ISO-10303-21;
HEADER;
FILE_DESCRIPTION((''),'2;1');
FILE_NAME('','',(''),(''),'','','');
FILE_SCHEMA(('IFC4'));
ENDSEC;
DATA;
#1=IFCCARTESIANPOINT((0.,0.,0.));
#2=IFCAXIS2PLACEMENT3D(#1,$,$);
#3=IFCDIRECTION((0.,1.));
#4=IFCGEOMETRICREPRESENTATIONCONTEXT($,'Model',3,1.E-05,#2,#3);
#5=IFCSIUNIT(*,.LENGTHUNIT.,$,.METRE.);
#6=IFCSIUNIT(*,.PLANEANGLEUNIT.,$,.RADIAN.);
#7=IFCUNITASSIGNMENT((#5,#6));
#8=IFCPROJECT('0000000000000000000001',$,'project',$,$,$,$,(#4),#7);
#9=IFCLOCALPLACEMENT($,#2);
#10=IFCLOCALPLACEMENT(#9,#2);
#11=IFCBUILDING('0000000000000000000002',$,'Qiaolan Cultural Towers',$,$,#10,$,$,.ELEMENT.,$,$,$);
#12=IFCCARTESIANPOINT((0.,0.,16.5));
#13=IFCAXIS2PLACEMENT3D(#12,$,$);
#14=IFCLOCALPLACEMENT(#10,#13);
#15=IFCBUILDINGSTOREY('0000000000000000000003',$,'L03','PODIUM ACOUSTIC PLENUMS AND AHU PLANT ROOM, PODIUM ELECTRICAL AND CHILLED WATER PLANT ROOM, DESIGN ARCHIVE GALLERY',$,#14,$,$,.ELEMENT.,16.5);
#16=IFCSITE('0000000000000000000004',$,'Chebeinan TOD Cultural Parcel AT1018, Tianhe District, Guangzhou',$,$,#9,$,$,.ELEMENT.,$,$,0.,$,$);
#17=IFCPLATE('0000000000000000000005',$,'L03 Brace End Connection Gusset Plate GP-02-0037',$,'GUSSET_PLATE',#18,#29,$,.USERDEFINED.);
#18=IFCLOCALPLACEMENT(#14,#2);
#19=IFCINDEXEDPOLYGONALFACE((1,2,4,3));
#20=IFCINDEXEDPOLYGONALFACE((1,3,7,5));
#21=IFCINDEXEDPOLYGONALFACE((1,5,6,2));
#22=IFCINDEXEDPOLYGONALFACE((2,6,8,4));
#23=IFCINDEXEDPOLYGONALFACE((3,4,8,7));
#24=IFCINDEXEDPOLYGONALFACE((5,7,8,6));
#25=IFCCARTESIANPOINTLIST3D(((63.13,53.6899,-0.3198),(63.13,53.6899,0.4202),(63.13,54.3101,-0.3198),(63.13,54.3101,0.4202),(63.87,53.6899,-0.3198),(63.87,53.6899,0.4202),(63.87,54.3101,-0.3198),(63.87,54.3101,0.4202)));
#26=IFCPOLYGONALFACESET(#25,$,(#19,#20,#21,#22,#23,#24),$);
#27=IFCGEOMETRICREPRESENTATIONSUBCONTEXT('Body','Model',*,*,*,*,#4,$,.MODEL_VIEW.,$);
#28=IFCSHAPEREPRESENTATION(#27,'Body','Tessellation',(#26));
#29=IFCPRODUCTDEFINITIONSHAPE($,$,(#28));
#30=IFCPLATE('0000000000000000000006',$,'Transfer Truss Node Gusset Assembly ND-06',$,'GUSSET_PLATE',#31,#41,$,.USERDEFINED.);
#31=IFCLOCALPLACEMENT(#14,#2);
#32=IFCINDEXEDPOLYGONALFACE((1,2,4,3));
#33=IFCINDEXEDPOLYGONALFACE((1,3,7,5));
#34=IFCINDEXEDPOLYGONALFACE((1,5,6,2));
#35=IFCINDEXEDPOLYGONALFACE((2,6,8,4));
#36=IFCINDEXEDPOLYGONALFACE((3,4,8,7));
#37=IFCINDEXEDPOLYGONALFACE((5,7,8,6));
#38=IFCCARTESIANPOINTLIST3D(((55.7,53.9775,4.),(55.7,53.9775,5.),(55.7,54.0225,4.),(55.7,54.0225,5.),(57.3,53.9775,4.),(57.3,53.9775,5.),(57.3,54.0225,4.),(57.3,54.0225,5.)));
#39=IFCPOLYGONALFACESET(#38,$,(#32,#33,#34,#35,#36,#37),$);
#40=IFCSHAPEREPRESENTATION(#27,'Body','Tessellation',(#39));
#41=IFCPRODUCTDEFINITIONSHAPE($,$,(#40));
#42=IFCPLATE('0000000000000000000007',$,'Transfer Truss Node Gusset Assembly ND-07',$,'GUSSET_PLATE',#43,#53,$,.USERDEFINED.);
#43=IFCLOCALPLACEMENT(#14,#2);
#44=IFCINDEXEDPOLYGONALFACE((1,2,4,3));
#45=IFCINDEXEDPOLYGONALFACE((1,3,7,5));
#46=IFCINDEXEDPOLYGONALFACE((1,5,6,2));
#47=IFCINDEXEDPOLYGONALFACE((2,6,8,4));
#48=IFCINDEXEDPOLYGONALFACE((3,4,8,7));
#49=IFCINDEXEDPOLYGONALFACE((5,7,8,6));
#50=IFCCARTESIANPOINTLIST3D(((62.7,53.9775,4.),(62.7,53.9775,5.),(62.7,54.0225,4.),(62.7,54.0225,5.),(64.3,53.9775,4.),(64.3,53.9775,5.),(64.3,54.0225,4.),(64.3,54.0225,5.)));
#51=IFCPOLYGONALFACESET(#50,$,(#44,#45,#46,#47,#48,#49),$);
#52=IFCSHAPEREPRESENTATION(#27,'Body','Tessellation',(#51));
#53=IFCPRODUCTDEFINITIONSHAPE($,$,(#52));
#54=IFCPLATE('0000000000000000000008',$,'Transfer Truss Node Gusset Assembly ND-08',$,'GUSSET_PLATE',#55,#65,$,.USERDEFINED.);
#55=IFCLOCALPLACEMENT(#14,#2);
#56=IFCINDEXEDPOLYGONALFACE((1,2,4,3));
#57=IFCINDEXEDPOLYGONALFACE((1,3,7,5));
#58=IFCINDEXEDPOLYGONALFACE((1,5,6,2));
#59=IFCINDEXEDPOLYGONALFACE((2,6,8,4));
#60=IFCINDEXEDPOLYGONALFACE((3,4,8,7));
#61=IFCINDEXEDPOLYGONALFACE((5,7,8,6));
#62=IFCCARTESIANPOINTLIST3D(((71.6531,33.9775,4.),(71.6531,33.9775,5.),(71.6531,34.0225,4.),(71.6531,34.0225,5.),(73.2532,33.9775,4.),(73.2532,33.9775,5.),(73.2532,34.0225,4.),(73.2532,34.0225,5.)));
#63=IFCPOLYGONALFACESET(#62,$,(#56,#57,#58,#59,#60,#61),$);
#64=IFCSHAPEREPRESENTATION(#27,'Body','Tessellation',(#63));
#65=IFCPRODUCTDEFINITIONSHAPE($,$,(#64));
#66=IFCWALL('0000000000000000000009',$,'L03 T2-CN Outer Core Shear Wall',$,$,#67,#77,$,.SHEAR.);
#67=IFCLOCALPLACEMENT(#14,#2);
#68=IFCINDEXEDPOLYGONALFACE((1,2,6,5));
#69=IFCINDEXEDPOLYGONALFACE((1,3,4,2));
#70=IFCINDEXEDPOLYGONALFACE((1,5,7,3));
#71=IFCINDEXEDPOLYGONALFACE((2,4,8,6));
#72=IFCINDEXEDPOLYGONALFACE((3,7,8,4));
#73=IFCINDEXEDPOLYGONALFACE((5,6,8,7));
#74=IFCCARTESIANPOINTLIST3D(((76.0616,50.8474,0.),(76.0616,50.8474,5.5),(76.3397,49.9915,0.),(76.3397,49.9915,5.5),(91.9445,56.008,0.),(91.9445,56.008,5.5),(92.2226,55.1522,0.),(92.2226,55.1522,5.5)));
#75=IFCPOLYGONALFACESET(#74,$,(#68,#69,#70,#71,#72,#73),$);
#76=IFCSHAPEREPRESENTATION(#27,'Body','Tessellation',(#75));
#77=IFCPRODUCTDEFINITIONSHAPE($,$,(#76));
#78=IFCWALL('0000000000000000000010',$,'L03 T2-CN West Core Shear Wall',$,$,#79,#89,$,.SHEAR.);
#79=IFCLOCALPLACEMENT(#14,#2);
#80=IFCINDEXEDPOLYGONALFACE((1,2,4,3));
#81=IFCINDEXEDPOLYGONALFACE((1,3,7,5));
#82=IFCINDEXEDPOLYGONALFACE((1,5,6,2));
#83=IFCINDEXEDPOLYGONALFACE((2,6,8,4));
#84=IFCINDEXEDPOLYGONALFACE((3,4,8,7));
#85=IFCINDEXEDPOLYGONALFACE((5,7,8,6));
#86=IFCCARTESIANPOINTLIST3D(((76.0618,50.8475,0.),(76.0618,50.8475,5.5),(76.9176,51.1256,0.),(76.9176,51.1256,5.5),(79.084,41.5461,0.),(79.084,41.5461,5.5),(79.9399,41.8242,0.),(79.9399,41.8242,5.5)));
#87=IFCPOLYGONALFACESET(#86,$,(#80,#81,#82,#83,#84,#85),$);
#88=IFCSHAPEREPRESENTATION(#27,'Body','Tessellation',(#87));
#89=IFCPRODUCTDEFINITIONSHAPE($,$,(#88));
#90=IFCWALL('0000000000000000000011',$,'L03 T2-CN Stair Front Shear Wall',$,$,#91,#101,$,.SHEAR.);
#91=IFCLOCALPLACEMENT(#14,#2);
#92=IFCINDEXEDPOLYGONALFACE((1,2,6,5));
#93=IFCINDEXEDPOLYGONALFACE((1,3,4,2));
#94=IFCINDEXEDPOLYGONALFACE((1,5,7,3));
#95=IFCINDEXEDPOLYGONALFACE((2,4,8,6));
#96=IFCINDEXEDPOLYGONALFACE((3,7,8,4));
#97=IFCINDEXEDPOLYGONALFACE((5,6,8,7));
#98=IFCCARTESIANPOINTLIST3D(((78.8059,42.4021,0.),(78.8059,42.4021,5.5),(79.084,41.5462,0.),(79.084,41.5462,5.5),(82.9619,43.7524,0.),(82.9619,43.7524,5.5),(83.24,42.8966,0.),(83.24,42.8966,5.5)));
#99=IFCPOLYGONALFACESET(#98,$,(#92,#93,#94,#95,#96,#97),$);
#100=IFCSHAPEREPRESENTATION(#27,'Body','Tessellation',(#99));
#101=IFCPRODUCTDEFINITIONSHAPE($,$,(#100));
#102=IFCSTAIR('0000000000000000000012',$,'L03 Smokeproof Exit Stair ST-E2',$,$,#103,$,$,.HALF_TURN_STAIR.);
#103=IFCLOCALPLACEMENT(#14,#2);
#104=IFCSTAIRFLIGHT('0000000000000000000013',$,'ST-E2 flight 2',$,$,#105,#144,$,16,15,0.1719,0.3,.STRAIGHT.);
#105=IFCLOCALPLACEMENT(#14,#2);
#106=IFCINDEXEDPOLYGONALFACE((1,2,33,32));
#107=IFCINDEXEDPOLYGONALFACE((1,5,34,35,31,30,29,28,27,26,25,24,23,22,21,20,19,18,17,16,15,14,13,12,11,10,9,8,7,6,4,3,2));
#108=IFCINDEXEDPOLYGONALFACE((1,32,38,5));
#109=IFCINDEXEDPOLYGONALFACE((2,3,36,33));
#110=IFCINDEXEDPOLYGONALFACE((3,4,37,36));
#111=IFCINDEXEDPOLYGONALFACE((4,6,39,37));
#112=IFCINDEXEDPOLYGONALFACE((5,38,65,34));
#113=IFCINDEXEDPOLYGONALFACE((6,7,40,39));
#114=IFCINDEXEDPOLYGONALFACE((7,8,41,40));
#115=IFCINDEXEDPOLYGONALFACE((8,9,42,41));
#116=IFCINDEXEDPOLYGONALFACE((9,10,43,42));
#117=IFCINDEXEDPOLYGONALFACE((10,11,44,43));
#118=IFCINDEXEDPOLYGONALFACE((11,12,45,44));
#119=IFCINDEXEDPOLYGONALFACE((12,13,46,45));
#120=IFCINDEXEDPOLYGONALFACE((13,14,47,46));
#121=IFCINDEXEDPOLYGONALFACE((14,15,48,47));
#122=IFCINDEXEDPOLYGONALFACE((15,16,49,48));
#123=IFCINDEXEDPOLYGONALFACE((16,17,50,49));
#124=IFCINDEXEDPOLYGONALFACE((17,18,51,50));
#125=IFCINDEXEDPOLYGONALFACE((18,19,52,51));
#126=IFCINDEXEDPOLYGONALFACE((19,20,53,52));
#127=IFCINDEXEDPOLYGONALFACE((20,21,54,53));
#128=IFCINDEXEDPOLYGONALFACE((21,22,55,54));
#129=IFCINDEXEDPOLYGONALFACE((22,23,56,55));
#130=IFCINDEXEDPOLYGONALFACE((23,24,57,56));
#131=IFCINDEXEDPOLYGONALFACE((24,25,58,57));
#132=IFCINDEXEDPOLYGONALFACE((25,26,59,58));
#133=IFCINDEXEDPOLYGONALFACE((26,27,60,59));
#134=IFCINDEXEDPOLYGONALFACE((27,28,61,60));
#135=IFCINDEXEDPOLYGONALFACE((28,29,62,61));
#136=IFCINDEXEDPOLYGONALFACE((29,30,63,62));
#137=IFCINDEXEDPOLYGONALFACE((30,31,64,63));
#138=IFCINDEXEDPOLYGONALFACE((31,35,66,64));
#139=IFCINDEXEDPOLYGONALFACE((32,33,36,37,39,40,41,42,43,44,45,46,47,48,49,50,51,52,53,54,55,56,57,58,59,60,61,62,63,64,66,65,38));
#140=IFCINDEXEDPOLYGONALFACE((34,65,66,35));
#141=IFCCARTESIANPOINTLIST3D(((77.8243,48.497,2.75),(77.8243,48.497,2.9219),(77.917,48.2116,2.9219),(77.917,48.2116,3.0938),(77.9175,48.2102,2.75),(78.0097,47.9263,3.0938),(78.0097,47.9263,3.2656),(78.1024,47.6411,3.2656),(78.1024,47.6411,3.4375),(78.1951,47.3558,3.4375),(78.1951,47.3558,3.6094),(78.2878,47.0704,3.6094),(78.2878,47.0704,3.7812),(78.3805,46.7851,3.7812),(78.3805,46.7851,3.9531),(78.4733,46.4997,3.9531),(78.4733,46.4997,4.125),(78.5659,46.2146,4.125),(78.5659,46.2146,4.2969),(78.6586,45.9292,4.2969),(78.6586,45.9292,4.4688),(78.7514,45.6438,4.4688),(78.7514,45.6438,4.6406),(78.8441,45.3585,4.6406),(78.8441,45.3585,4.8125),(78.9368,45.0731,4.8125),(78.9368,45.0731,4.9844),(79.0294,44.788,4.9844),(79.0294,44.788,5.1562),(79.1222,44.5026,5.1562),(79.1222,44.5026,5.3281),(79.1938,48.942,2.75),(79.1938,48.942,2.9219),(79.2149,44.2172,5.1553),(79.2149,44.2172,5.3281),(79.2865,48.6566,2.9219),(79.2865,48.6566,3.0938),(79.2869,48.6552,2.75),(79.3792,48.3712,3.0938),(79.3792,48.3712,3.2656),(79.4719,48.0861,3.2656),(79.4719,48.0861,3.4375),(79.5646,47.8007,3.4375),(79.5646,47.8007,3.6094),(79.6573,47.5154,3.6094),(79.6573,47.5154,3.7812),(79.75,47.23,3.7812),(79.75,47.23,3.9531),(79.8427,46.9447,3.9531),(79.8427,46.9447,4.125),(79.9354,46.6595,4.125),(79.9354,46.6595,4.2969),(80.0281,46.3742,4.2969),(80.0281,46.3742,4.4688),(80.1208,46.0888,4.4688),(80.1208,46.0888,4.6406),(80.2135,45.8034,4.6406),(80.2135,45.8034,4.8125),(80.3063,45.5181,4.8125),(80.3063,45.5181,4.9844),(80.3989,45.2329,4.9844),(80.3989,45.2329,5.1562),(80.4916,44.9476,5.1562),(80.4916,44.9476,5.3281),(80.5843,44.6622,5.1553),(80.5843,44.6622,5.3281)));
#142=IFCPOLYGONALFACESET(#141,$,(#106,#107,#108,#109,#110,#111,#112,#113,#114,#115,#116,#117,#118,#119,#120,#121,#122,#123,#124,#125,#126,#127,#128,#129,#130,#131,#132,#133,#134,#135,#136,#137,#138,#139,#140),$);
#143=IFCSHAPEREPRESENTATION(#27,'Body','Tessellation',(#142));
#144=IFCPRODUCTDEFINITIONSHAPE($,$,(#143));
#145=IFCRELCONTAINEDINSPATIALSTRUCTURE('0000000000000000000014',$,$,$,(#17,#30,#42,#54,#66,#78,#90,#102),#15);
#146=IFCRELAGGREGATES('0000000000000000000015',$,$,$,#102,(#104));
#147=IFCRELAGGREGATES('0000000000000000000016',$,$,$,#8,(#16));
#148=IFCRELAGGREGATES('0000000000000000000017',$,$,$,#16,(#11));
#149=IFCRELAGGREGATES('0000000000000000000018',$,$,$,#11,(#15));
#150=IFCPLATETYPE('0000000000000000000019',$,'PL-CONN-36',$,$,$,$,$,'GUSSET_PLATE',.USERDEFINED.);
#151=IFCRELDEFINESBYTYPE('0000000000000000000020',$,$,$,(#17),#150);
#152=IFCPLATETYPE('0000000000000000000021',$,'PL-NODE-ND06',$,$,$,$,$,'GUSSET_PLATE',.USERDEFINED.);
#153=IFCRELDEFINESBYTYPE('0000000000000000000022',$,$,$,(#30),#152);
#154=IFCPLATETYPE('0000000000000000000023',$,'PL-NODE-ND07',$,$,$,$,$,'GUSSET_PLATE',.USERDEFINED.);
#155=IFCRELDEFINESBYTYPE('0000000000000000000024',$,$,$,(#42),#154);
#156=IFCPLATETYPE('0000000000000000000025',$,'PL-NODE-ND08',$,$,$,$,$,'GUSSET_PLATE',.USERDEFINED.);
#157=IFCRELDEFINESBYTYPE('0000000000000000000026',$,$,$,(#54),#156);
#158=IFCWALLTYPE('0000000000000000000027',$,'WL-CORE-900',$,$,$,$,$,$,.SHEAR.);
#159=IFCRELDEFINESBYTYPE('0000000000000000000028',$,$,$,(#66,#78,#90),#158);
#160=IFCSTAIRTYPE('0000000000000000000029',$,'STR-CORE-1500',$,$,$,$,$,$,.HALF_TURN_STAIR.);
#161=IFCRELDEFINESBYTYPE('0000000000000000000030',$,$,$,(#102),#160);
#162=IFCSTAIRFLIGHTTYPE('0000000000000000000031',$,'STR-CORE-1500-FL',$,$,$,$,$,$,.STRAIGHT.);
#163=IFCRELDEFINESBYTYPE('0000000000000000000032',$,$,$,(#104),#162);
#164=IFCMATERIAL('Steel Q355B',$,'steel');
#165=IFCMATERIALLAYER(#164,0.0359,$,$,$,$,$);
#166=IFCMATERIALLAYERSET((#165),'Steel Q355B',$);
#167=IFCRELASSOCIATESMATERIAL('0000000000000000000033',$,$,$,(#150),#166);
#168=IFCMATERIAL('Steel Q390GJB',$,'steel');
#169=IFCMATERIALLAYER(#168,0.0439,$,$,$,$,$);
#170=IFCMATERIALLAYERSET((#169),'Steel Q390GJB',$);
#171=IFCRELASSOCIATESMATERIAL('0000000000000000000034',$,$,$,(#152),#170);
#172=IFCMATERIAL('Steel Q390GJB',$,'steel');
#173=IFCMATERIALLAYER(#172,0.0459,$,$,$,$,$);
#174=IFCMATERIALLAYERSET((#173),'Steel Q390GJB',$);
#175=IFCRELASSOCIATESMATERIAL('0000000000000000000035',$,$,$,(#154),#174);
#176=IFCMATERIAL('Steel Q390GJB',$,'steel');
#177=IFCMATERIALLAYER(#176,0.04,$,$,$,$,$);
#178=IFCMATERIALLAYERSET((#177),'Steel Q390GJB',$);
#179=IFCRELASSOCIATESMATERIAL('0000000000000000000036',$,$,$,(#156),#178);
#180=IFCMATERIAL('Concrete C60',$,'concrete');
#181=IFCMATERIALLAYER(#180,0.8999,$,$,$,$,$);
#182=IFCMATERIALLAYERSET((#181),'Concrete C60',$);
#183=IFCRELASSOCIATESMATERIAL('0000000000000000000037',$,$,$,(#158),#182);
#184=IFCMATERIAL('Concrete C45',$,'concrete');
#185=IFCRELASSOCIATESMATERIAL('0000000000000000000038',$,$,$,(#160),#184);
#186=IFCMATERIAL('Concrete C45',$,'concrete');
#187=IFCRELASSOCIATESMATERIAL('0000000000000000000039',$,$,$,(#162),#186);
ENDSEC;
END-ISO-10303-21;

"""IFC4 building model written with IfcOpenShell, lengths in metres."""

from ifc_helpers import new_model, si_unit, direction, frame, frame_2d, origin, origin_2d, place, context, subcontext, project, spatial, polyline, rectangle, outline, extrude, material, layer, layer_set, type_object, element, aggregate, save


model = new_model("IFC4")

# Units and contexts
model_context = context("Model", 3, precision=1e-05, world=origin(), true_north=direction((0.0, 1.0)))
body_context = subcontext(model_context, "Body", "Model", "MODEL_VIEW")
ifc_project = project(units=[si_unit("LENGTHUNIT", "METRE"), si_unit("PLANEANGLEUNIT", "RADIAN")], contexts=[model_context])

# Site, building, storey
site_placement = place(None, origin())
site = spatial("IfcSite", under=ifc_project, at=site_placement, Name="Chebeinan TOD Cultural Parcel AT1018, Tianhe District, Guangzhou", CompositionType="ELEMENT", RefElevation=0.0)
building_placement = place(site_placement, origin())
building = spatial("IfcBuilding", under=site, at=building_placement, Name="Qiaolan Cultural Towers", CompositionType="ELEMENT")
storey_placement = place(building_placement, frame((0.0, 0.0, 16.5)))
storey = spatial("IfcBuildingStorey", under=building, at=storey_placement, Name="L03", Description="PODIUM ACOUSTIC PLENUMS AND AHU PLANT ROOM, PODIUM ELECTRICAL AND CHILLED WATER PLANT ROOM, DESIGN ARCHIVE GALLERY", CompositionType="ELEMENT", Elevation=16.5)

# Plates
ifc_material_1 = material(Name="Steel Q355B", Category="steel")
ifc_layer_1 = layer(ifc_material_1, 0.0359)
ifc_layer_set_1 = layer_set([ifc_layer_1], Name="Steel Q355B")
plate_type_1 = type_object("IfcPlateType", Name="PL-CONN-36", ElementType="GUSSET_PLATE", PredefinedType="USERDEFINED", material=ifc_layer_set_1)
for number, where, z_axis, x_axis, name in (
    (1, (63.5, 54.0, -0.3198), (0.0, 0.0, 1.0), (1.0, 0.0, 0.0), "L03 Brace End Connection Gusset Plate GP-02-0037"),
):
    element("IfcPlate", number, at=place(storey_placement, frame(where, z_axis=z_axis, x_axis=x_axis)), inside=storey, type_object=plate_type_1, Name=name, ObjectType="GUSSET_PLATE", PredefinedType="USERDEFINED", context=body_context, shape_type="SweptSolid", body=[
        extrude(rectangle(XDim=0.74, YDim=0.6201, at=origin_2d()), origin(), (0.0, 0.0, 1.0), 0.74),
    ])
ifc_material_2 = material(Name="Steel Q390GJB", Category="steel")
ifc_layer_2 = layer(ifc_material_2, 0.0439)
ifc_layer_set_2 = layer_set([ifc_layer_2], Name="Steel Q390GJB")
plate_type_2 = type_object("IfcPlateType", Name="PL-NODE-ND06", ElementType="GUSSET_PLATE", PredefinedType="USERDEFINED", material=ifc_layer_set_2)
plate_1_placement = place(storey_placement, frame((56.5, 54.0, 4.0), z_axis=(0.0, 0.0, 1.0), x_axis=(1.0, 0.0, 0.0)))
element("IfcPlate", 2, at=plate_1_placement, inside=storey, type_object=plate_type_2, Name="Transfer Truss Node Gusset Assembly ND-06", ObjectType="GUSSET_PLATE", PredefinedType="USERDEFINED", context=body_context, shape_type="SweptSolid", body=[
    extrude(rectangle(XDim=1.6001, YDim=0.0449, at=origin_2d()), origin(), (0.0, 0.0, 1.0), 1.0),
])
ifc_material_3 = material(Name="Steel Q390GJB", Category="steel")
ifc_layer_3 = layer(ifc_material_3, 0.0459)
ifc_layer_set_3 = layer_set([ifc_layer_3], Name="Steel Q390GJB")
plate_type_3 = type_object("IfcPlateType", Name="PL-NODE-ND07", ElementType="GUSSET_PLATE", PredefinedType="USERDEFINED", material=ifc_layer_set_3)
plate_2_placement = place(storey_placement, frame((63.5, 54.0, 4.0), z_axis=(0.0, 0.0, 1.0), x_axis=(1.0, 0.0, 0.0)))
element("IfcPlate", 3, at=plate_2_placement, inside=storey, type_object=plate_type_3, Name="Transfer Truss Node Gusset Assembly ND-07", ObjectType="GUSSET_PLATE", PredefinedType="USERDEFINED", context=body_context, shape_type="SweptSolid", body=[
    extrude(rectangle(XDim=1.6001, YDim=0.0449, at=origin_2d()), origin(), (0.0, 0.0, 1.0), 1.0),
])
ifc_material_4 = material(Name="Steel Q390GJB", Category="steel")
ifc_layer_4 = layer(ifc_material_4, 0.04)
ifc_layer_set_4 = layer_set([ifc_layer_4], Name="Steel Q390GJB")
plate_type_4 = type_object("IfcPlateType", Name="PL-NODE-ND08", ElementType="GUSSET_PLATE", PredefinedType="USERDEFINED", material=ifc_layer_set_4)
plate_3_placement = place(storey_placement, frame((72.4531, 34.0, 4.0), z_axis=(0.0, 0.0, 1.0), x_axis=(1.0, 0.0, 0.0)))
element("IfcPlate", 4, at=plate_3_placement, inside=storey, type_object=plate_type_4, Name="Transfer Truss Node Gusset Assembly ND-08", ObjectType="GUSSET_PLATE", PredefinedType="USERDEFINED", context=body_context, shape_type="SweptSolid", body=[
    extrude(rectangle(XDim=1.6001, YDim=0.0449, at=origin_2d()), origin(), (0.0, 0.0, 1.0), 1.0),
])

# Walls
ifc_material_5 = material(Name="Concrete C60", Category="concrete")
ifc_layer_5 = layer(ifc_material_5, 0.8999)
ifc_layer_set_5 = layer_set([ifc_layer_5], Name="Concrete C60")
wall_type = type_object("IfcWallType", Name="WL-CORE-900", PredefinedType="SHEAR", material=ifc_layer_set_5)
wall_1_placement = place(storey_placement, frame((76.2007, 50.4194, 0.0), z_axis=(0.0, 0.0, 1.0), x_axis=(0.951056, 0.309017, 0.0)))
element("IfcWall", 5, at=wall_1_placement, inside=storey, type_object=wall_type, Name="L03 T2-CN Outer Core Shear Wall", PredefinedType="SHEAR", context=body_context, shape_type="SweptSolid", body=[
    extrude(rectangle(XDim=16.7002, YDim=0.8999, at=frame_2d((8.3501, 0.0))), origin(), (0.0, 0.0, 1.0), 5.5),
])
wall_2_placement = place(storey_placement, frame((79.512, 41.6851, 0.0), z_axis=(0.0, 0.0, 1.0), x_axis=(-0.309022, 0.951055, 0.0)))
element("IfcWall", 6, at=wall_2_placement, inside=storey, type_object=wall_type, Name="L03 T2-CN West Core Shear Wall", PredefinedType="SHEAR", context=body_context, shape_type="SweptSolid", body=[
    extrude(rectangle(XDim=9.78, YDim=0.8999, at=frame_2d((4.8901, 0.0))), origin(), (0.0, 0.0, 1.0), 5.5),
])
wall_3_placement = place(storey_placement, frame((78.9448, 41.9741, 0.0), z_axis=(0.0, 0.0, 1.0), x_axis=(0.951058, 0.309012, 0.0)))
element("IfcWall", 7, at=wall_3_placement, inside=storey, type_object=wall_type, Name="L03 T2-CN Stair Front Shear Wall", PredefinedType="SHEAR", context=body_context, shape_type="SweptSolid", body=[
    extrude(rectangle(XDim=4.3699, YDim=0.8999, at=frame_2d((2.1851, 0.0))), origin(), (0.0, 0.0, 1.0), 5.5),
])

# Stair, stair flight
ifc_material_6 = material(Name="Concrete C45", Category="concrete")
stair_type = type_object("IfcStairType", Name="STR-CORE-1500", PredefinedType="HALF_TURN_STAIR", material=ifc_material_6)
stair_placement = place(storey_placement, origin())
stair = element("IfcStair", 8, at=stair_placement, inside=storey, type_object=stair_type, Name="L03 Smokeproof Exit Stair ST-E2", PredefinedType="HALF_TURN_STAIR")
ifc_material_7 = material(Name="Concrete C45", Category="concrete")
stair_flight_type = type_object("IfcStairFlightType", Name="STR-CORE-1500-FL", PredefinedType="STRAIGHT", material=ifc_material_7)
stair_flight_placement = place(storey_placement, frame((78.509, 48.7195, 2.75), z_axis=(0.0, 0.0, 1.0), x_axis=(0.309017, -0.951057, 0.0)))
stair_flight = element("IfcStairFlight", 9, at=stair_flight_placement, type_object=stair_flight_type, Name="ST-E2 flight 2", NumberOfRisers=16, NumberOfTreads=15, PredefinedType="STRAIGHT", RiserHeight=0.1719, TreadLength=0.3, context=body_context, shape_type="SweptSolid", body=[
    extrude(outline(polyline([(0.0, 0.0), (0.0, 0.1719), (0.3, 0.1719), (0.3, 0.3438), (0.6001, 0.3438), (0.6001, 0.5156), (0.8999, 0.5156), (0.8999, 0.6875), (1.2, 0.6875), (1.2, 0.8594), (1.5, 0.8594), (1.5, 1.0312), (1.8, 1.0312), (1.8, 1.2031), (2.1001, 1.2031), (2.1001, 1.375), (2.3999, 1.375), (2.3999, 1.5469), (2.7, 1.5469), (2.7, 1.7188), (3.0, 1.7188), (3.0, 1.8906), (3.3, 1.8906), (3.3, 2.0625), (3.6001, 2.0625), (3.6001, 2.2344), (3.8999, 2.2344), (3.8999, 2.4062), (4.2, 2.4062), (4.2, 2.5781), (4.5, 2.5781), (4.5, 2.75), (4.5, 2.4053), (0.3015, 0.0), (0.0, 0.0)])), frame((0.0, 0.72, 0.0), z_axis=(0.0, -1.0, 0.0), x_axis=(1.0, 0.0, 0.0)), (0.0, 0.0, 1.0), 1.4399),
])
aggregate(stair, [stair_flight])

save(model, "model.ifc")
